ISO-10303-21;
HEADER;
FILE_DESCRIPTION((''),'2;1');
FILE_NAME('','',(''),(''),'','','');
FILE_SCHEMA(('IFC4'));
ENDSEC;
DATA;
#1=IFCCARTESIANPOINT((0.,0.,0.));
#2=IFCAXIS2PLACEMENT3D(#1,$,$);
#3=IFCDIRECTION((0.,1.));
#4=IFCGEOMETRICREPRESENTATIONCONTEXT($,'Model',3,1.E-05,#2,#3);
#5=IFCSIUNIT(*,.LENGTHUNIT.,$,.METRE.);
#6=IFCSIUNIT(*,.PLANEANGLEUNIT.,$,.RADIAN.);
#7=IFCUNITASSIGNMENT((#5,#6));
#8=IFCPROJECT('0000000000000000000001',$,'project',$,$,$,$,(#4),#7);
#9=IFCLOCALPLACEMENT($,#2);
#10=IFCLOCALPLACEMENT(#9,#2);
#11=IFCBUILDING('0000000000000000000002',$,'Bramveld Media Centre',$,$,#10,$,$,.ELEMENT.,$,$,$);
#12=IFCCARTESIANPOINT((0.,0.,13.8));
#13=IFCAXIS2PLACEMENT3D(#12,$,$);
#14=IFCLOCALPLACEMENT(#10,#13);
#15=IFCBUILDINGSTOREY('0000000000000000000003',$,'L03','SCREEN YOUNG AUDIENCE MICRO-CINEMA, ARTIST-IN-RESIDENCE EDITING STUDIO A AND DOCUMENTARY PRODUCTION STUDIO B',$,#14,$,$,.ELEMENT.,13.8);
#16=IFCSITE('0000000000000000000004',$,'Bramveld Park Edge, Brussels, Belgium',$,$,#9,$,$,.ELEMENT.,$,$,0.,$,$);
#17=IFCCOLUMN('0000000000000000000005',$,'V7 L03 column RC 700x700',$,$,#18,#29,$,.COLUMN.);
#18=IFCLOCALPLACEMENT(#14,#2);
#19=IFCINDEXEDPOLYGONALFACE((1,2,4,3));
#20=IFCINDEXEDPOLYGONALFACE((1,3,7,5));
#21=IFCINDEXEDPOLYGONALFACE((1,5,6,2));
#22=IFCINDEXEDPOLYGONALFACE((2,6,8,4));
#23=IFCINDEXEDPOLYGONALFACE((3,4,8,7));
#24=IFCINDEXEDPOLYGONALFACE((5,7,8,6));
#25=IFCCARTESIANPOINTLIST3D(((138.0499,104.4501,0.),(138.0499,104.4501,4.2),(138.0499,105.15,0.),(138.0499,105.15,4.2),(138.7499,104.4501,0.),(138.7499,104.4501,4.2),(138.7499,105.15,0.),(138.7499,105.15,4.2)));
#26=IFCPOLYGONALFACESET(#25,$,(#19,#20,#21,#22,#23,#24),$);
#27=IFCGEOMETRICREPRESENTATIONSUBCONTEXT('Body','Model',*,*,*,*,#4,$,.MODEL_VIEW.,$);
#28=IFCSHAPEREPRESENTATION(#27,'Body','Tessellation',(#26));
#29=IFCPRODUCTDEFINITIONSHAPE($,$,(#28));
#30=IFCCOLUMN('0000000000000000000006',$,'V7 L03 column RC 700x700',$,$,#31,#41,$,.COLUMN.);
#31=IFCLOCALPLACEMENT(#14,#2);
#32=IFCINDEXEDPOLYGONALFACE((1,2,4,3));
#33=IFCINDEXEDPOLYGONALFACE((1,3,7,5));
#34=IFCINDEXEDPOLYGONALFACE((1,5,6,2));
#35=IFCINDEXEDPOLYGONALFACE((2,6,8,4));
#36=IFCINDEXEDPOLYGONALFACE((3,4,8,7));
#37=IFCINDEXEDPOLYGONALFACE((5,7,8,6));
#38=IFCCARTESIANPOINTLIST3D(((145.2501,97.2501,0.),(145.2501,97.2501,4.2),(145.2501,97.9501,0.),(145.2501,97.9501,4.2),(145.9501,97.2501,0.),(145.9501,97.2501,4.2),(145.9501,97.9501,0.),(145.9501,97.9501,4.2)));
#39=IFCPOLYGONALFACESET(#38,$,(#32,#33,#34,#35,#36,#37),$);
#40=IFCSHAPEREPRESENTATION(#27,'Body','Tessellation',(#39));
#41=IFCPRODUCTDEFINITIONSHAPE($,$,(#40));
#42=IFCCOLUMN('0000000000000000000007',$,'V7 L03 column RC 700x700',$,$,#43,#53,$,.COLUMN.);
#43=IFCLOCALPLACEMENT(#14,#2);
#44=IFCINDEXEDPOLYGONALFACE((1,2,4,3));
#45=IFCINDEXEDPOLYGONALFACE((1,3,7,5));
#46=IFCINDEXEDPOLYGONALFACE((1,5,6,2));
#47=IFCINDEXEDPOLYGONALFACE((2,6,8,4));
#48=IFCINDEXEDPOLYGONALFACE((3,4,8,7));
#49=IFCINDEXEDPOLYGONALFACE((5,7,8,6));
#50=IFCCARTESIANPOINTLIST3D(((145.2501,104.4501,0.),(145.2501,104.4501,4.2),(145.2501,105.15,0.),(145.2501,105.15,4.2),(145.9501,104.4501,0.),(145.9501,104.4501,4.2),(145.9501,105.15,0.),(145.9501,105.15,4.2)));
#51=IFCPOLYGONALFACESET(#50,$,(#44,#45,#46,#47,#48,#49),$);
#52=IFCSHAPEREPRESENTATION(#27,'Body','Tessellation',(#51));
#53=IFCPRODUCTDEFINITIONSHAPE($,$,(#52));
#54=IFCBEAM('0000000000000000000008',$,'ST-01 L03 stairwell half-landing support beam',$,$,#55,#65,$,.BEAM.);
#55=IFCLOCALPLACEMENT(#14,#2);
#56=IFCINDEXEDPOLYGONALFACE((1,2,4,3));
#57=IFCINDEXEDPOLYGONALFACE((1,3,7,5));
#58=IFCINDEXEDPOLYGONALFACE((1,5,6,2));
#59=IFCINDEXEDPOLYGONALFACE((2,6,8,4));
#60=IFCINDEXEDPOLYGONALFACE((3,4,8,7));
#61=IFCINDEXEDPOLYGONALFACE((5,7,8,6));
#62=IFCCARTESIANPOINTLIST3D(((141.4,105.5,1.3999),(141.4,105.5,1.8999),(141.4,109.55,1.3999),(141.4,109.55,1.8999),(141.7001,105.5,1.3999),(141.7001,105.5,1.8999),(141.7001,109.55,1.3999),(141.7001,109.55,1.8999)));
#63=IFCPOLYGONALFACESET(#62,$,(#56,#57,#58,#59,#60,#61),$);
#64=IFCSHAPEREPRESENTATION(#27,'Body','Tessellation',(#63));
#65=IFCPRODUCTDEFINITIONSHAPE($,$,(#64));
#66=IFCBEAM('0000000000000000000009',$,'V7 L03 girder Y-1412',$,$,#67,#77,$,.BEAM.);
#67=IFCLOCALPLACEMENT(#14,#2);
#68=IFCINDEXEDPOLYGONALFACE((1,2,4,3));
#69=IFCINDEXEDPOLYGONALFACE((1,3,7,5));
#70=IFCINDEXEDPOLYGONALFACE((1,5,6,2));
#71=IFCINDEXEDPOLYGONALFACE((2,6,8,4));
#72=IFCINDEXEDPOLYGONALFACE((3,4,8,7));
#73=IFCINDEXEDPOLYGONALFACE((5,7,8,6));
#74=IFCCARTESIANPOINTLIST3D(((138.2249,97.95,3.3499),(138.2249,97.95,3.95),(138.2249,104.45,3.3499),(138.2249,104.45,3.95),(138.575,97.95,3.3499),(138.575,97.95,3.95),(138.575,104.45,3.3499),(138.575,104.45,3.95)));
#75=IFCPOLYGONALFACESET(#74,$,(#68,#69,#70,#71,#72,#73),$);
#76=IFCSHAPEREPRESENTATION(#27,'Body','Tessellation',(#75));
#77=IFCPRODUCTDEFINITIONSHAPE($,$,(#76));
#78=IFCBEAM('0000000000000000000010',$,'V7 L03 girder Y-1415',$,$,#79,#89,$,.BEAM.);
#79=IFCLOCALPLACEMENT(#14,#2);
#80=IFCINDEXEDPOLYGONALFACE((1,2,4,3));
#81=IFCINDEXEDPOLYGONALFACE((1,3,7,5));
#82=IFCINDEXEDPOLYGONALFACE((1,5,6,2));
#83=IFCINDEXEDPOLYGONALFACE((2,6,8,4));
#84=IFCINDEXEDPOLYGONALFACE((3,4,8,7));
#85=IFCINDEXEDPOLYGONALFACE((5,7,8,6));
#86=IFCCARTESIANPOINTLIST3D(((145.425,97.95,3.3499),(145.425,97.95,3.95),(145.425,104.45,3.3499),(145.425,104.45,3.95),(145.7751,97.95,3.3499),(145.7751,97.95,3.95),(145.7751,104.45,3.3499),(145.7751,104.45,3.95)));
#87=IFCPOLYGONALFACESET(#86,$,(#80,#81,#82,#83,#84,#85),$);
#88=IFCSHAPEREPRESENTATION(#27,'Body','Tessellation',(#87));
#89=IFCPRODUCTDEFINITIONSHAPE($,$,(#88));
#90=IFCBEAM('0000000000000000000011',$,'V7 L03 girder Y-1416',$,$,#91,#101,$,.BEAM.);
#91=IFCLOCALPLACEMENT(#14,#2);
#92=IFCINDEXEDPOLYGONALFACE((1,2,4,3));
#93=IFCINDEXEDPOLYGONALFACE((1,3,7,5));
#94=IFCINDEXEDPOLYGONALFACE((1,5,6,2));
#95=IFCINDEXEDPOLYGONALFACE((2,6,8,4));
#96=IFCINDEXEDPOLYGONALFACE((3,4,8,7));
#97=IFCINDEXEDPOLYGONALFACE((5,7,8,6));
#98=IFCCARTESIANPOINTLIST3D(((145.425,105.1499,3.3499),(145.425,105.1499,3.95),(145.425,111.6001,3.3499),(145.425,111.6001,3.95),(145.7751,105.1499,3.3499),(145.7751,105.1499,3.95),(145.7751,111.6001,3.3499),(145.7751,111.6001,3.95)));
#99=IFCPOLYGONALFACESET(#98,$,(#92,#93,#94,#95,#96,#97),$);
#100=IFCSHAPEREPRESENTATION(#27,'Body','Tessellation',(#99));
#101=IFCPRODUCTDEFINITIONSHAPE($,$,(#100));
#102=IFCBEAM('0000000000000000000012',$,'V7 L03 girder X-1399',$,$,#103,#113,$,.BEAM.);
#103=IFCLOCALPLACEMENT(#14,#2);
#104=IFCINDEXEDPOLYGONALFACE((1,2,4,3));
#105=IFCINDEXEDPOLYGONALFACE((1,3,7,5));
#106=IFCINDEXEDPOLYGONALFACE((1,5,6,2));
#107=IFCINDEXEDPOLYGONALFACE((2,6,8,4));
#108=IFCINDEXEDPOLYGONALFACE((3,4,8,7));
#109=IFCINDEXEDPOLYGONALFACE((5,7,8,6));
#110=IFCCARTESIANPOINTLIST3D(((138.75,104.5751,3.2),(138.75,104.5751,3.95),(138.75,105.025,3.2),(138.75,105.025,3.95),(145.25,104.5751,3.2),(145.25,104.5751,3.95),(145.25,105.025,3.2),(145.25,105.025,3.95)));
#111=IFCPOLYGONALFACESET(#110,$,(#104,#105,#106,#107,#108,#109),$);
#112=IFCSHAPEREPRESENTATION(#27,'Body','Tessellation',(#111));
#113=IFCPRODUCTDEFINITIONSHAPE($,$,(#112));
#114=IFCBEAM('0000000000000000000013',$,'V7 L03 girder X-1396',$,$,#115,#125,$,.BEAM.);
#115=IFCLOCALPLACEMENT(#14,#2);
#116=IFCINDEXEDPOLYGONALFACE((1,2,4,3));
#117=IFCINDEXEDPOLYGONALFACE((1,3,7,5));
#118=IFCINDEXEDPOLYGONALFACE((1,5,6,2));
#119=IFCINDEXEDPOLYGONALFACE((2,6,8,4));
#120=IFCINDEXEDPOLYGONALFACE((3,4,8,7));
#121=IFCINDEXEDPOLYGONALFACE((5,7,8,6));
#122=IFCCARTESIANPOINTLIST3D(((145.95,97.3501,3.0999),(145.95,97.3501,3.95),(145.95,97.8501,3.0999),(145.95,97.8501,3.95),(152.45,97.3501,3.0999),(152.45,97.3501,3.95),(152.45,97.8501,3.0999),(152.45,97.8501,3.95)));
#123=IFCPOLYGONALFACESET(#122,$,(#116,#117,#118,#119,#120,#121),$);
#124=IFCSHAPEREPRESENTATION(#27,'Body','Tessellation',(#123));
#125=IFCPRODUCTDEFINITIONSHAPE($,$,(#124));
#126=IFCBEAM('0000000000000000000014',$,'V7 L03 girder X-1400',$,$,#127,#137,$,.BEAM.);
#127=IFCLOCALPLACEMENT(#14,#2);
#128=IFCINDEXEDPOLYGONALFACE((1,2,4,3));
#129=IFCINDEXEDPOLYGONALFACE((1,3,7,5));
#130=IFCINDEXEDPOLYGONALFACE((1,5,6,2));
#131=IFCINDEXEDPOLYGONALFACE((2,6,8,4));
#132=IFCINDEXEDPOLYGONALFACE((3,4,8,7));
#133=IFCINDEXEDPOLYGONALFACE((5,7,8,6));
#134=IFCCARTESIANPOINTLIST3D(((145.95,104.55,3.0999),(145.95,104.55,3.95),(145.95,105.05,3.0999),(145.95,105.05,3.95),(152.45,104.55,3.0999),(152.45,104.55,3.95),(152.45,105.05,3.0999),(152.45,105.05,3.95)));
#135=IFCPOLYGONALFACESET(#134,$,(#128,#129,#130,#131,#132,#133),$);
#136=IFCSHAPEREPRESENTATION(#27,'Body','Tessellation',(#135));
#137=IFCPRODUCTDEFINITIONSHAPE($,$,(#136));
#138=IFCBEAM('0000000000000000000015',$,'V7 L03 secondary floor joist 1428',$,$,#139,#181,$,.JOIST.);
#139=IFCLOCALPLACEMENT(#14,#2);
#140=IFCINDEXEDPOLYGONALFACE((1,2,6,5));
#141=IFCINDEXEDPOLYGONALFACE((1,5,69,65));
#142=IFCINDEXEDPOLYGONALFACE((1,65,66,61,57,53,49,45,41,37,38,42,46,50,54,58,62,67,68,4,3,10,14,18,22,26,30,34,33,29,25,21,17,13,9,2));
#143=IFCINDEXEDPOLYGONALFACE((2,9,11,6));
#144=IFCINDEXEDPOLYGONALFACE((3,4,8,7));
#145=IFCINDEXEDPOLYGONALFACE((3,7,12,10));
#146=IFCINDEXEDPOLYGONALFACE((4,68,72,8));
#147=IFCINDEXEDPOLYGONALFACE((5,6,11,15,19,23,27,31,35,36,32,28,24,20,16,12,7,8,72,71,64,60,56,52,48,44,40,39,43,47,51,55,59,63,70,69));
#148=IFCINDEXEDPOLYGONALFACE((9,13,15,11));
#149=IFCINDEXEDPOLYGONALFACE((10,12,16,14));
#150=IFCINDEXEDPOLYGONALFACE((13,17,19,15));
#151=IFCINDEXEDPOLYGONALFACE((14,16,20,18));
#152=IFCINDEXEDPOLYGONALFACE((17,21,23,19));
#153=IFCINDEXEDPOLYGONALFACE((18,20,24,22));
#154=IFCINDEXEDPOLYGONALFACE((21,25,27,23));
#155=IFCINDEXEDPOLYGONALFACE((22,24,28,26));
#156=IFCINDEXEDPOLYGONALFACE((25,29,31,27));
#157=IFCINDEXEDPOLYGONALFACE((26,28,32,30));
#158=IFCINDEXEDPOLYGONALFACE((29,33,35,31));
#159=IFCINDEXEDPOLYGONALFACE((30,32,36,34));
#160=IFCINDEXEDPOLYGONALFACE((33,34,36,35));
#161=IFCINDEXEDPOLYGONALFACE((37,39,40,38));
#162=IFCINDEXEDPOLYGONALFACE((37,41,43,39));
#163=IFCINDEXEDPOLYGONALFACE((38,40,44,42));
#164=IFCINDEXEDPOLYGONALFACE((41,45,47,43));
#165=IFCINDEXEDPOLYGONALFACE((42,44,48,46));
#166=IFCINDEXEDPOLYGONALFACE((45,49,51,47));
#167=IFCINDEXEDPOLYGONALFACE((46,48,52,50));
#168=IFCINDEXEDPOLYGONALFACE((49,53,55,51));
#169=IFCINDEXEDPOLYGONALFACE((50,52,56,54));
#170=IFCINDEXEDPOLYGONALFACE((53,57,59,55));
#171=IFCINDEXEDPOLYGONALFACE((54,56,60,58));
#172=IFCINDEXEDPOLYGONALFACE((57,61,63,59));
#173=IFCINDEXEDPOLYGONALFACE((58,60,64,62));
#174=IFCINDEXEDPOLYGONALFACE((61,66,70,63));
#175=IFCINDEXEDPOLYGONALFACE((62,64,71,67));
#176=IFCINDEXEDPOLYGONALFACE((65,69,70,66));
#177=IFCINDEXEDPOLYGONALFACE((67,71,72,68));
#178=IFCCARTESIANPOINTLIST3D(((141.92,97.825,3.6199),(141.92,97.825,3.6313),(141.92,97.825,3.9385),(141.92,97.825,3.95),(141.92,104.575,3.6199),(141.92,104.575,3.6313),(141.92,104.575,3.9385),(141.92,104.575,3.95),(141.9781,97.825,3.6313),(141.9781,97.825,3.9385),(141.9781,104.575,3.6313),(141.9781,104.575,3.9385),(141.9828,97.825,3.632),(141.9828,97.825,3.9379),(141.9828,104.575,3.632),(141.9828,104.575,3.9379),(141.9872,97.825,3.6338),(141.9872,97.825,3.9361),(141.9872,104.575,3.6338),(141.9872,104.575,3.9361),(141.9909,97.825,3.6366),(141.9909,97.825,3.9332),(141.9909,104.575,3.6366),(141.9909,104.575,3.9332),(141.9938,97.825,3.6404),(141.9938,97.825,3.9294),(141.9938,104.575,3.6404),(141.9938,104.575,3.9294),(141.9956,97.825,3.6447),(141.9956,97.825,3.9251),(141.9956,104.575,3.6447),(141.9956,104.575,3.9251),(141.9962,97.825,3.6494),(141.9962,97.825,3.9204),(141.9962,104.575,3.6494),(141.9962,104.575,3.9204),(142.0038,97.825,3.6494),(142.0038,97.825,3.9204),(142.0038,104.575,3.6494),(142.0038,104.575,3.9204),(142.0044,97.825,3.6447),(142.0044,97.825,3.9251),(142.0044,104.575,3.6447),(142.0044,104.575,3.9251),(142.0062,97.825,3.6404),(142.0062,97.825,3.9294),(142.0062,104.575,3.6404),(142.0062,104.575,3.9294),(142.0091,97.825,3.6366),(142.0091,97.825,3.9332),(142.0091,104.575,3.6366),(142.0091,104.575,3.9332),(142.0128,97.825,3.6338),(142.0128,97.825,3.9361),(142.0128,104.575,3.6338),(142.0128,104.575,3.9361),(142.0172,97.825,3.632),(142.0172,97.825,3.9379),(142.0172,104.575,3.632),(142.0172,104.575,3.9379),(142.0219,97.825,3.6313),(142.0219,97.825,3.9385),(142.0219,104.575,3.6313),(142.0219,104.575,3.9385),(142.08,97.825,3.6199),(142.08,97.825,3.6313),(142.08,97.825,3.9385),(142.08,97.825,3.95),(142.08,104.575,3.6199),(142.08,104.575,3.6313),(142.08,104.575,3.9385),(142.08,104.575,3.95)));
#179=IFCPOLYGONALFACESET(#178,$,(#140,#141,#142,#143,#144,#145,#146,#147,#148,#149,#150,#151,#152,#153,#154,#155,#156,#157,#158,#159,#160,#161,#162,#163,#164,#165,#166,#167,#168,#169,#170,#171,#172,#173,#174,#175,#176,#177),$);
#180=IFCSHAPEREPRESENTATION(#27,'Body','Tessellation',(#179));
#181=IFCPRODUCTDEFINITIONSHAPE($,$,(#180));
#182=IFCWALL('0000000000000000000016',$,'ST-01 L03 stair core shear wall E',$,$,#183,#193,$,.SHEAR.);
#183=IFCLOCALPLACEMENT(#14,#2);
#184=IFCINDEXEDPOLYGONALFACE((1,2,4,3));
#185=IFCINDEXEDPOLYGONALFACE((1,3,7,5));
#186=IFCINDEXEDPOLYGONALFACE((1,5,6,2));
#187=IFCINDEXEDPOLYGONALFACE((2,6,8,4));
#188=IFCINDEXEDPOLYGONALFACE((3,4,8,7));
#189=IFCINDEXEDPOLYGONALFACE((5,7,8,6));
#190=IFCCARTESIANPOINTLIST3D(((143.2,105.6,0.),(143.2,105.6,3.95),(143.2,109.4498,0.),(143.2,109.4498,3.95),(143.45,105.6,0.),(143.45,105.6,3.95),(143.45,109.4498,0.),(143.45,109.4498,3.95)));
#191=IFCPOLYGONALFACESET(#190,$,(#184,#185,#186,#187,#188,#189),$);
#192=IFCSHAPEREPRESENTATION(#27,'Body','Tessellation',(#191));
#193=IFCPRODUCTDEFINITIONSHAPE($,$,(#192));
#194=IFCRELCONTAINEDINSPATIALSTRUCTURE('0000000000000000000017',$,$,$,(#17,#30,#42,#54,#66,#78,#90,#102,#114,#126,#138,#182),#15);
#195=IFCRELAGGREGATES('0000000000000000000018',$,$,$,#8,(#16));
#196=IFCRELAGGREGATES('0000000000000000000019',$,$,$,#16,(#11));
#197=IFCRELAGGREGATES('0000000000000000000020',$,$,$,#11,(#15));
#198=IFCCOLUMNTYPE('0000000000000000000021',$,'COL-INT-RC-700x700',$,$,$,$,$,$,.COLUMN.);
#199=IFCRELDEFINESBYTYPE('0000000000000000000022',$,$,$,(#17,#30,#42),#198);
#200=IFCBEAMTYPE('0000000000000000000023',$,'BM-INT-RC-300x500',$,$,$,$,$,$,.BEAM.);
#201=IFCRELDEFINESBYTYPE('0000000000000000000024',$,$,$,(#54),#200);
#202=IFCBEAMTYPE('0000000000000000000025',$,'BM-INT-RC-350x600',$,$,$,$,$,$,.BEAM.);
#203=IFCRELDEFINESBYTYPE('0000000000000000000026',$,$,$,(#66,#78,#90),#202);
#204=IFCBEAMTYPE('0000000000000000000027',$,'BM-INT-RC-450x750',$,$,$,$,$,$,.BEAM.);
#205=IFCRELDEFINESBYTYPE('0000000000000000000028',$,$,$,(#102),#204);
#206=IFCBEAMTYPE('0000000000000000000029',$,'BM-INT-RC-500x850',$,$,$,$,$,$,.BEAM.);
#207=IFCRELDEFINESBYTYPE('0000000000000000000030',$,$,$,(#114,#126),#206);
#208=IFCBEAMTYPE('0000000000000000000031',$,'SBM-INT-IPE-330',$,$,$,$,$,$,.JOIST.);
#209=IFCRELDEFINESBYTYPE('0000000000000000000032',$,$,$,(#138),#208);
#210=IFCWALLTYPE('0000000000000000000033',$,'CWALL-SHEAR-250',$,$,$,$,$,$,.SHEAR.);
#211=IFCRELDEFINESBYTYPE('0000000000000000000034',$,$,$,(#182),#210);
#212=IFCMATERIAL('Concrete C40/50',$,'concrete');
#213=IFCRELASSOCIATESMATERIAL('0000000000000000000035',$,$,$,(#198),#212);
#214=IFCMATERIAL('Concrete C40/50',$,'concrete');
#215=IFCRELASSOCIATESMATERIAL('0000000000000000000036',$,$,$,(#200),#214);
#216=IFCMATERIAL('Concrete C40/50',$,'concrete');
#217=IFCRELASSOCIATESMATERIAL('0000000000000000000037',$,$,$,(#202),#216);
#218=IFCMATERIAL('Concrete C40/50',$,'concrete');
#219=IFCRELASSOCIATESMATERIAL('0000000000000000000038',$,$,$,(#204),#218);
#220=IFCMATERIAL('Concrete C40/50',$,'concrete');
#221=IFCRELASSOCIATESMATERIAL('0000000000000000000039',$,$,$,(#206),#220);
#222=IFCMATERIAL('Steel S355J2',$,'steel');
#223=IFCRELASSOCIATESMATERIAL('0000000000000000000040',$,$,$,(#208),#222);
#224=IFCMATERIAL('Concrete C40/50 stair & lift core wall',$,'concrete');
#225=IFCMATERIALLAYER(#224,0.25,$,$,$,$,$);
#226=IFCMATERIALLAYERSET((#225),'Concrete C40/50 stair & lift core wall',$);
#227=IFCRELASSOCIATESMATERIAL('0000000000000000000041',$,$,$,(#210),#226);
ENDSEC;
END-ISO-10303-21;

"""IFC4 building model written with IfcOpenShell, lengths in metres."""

from ifc_helpers import new_model, si_unit, direction, frame, frame_2d, origin, origin_2d, place, context, subcontext, project, spatial, rectangle, i_section, extrude, material, layer, layer_set, material_profile, profile_set, type_object, element, save


model = new_model("IFC4")

# Units and contexts
model_context = context("Model", 3, precision=1e-05, world=origin(), true_north=direction((0.0, 1.0)))
body_context = subcontext(model_context, "Body", "Model", "MODEL_VIEW")
ifc_project = project(units=[si_unit("LENGTHUNIT", "METRE"), si_unit("PLANEANGLEUNIT", "RADIAN")], contexts=[model_context])

# Site, building, storey
site_placement = place(None, origin())
site = spatial("IfcSite", under=ifc_project, at=site_placement, Name="Bramveld Park Edge, Brussels, Belgium", CompositionType="ELEMENT", RefElevation=0.0)
building_placement = place(site_placement, origin())
building = spatial("IfcBuilding", under=site, at=building_placement, Name="Bramveld Media Centre", CompositionType="ELEMENT")
storey_placement = place(building_placement, frame((0.0, 0.0, 13.8)))
storey = spatial("IfcBuildingStorey", under=building, at=storey_placement, Name="L03", Description="SCREEN YOUNG AUDIENCE MICRO-CINEMA, ARTIST-IN-RESIDENCE EDITING STUDIO A AND DOCUMENTARY PRODUCTION STUDIO B", CompositionType="ELEMENT", Elevation=13.8)

# Columns
ifc_material_1 = material(Name="Concrete C40/50", Category="concrete")
ifc_material_profile_1 = material_profile(ifc_material_1, rectangle(XDim=0.7, YDim=0.7, at=origin_2d()), Name="RC 700x700")
ifc_profile_set_1 = profile_set([ifc_material_profile_1], Name="Concrete C40/50")
column_type = type_object("IfcColumnType", Name="COL-INT-RC-700x700", PredefinedType="COLUMN", material=ifc_profile_set_1)
for number, where, z_axis, x_axis, name in (
    (1, (138.3999, 104.8, 0.0), (0.0, 0.0, 1.0), (1.0, 0.0, 0.0), "V7 L03 column RC 700x700"),
    (2, (145.6001, 97.6001, 0.0), (0.0, 0.0, 1.0), (1.0, 0.0, 0.0), "V7 L03 column RC 700x700"),
    (3, (145.6001, 104.8, 0.0), (0.0, 0.0, 1.0), (1.0, 0.0, 0.0), "V7 L03 column RC 700x700"),
):
    element("IfcColumn", number, at=place(storey_placement, frame(where, z_axis=z_axis, x_axis=x_axis)), inside=storey, type_object=column_type, Name=name, PredefinedType="COLUMN", context=body_context, shape_type="SweptSolid", body=[
        extrude(rectangle(XDim=0.7, YDim=0.7, at=origin_2d()), origin(), (0.0, 0.0, 1.0), 4.2),
    ])

# Beams
ifc_material_2 = material(Name="Concrete C40/50", Category="concrete")
ifc_material_profile_2 = material_profile(ifc_material_2, rectangle(XDim=0.3, YDim=0.5, at=origin_2d()), Name="RC 300x500")
ifc_profile_set_2 = profile_set([ifc_material_profile_2], Name="Concrete C40/50")
beam_type_1 = type_object("IfcBeamType", Name="BM-INT-RC-300x500", PredefinedType="BEAM", material=ifc_profile_set_2)
beam_1_placement = place(storey_placement, frame((141.55, 105.5, 1.6499), z_axis=(0.0, 1.0, 0.0), x_axis=(-1.0, 0.0, 0.0)))
element("IfcBeam", 4, at=beam_1_placement, inside=storey, type_object=beam_type_1, Name="ST-01 L03 stairwell half-landing support beam", PredefinedType="BEAM", context=body_context, shape_type="SweptSolid", body=[
    extrude(rectangle(XDim=0.3, YDim=0.5, at=origin_2d()), origin(), (0.0, 0.0, 1.0), 4.05),
])
ifc_material_3 = material(Name="Concrete C40/50", Category="concrete")
ifc_material_profile_3 = material_profile(ifc_material_3, rectangle(XDim=0.3501, YDim=0.6001, at=origin_2d()), Name="RC 350x600")
ifc_profile_set_3 = profile_set([ifc_material_profile_3], Name="Concrete C40/50")
beam_type_2 = type_object("IfcBeamType", Name="BM-INT-RC-350x600", PredefinedType="BEAM", material=ifc_profile_set_3)
for number, where, z_axis, x_axis, name in (
    (5, (138.3999, 97.95, 3.6499), (0.0, 1.0, 0.0), (-1.0, 0.0, 0.0), "V7 L03 girder Y-1412"),
    (6, (145.6001, 97.95, 3.6499), (0.0, 1.0, 0.0), (-1.0, 0.0, 0.0), "V7 L03 girder Y-1415"),
):
    element("IfcBeam", number, at=place(storey_placement, frame(where, z_axis=z_axis, x_axis=x_axis)), inside=storey, type_object=beam_type_2, Name=name, PredefinedType="BEAM", context=body_context, shape_type="SweptSolid", body=[
        extrude(rectangle(XDim=0.3501, YDim=0.6001, at=origin_2d()), origin(), (0.0, 0.0, 1.0), 6.5),
    ])
beam_2_placement = place(storey_placement, frame((145.6001, 105.1499, 3.6499), z_axis=(0.0, 1.0, 0.0), x_axis=(-1.0, 0.0, 0.0)))
element("IfcBeam", 7, at=beam_2_placement, inside=storey, type_object=beam_type_2, Name="V7 L03 girder Y-1416", PredefinedType="BEAM", context=body_context, shape_type="SweptSolid", body=[
    extrude(rectangle(XDim=0.3501, YDim=0.6001, at=origin_2d()), origin(), (0.0, 0.0, 1.0), 6.4502),
])
ifc_material_4 = material(Name="Concrete C40/50", Category="concrete")
ifc_material_profile_4 = material_profile(ifc_material_4, rectangle(XDim=0.45, YDim=0.75, at=origin_2d()), Name="RC 450x750")
ifc_profile_set_4 = profile_set([ifc_material_profile_4], Name="Concrete C40/50")
beam_type_3 = type_object("IfcBeamType", Name="BM-INT-RC-450x750", PredefinedType="BEAM", material=ifc_profile_set_4)
beam_3_placement = place(storey_placement, frame((138.75, 104.8, 3.575), z_axis=(1.0, 0.0, 0.0), x_axis=(0.0, 1.0, 0.0)))
element("IfcBeam", 8, at=beam_3_placement, inside=storey, type_object=beam_type_3, Name="V7 L03 girder X-1399", PredefinedType="BEAM", context=body_context, shape_type="SweptSolid", body=[
    extrude(rectangle(XDim=0.45, YDim=0.75, at=origin_2d()), origin(), (0.0, 0.0, 1.0), 6.5),
])
ifc_material_5 = material(Name="Concrete C40/50", Category="concrete")
ifc_material_profile_5 = material_profile(ifc_material_5, rectangle(XDim=0.5, YDim=0.8501, at=origin_2d()), Name="RC 500x850")
ifc_profile_set_5 = profile_set([ifc_material_profile_5], Name="Concrete C40/50")
beam_type_4 = type_object("IfcBeamType", Name="BM-INT-RC-500x850", PredefinedType="BEAM", material=ifc_profile_set_5)
for number, where, z_axis, x_axis, name in (
    (9, (145.95, 97.6001, 3.5249), (1.0, 0.0, 0.0), (0.0, 1.0, 0.0), "V7 L03 girder X-1396"),
    (10, (145.95, 104.8, 3.5249), (1.0, 0.0, 0.0), (0.0, 1.0, 0.0), "V7 L03 girder X-1400"),
):
    element("IfcBeam", number, at=place(storey_placement, frame(where, z_axis=z_axis, x_axis=x_axis)), inside=storey, type_object=beam_type_4, Name=name, PredefinedType="BEAM", context=body_context, shape_type="SweptSolid", body=[
        extrude(rectangle(XDim=0.5, YDim=0.8501, at=origin_2d()), origin(), (0.0, 0.0, 1.0), 6.5),
    ])
ifc_material_6 = material(Name="Steel S355J2", Category="steel")
ifc_material_profile_6 = material_profile(ifc_material_6, i_section(OverallWidth=0.1599, OverallDepth=0.3301, WebThickness=0.0076, FlangeThickness=0.0115, FilletRadius=0.0181, at=origin_2d()), Name="IPE 330")
ifc_profile_set_6 = profile_set([ifc_material_profile_6], Name="Steel S355J2")
beam_type_5 = type_object("IfcBeamType", Name="SBM-INT-IPE-330", PredefinedType="JOIST", material=ifc_profile_set_6)
beam_4_placement = place(storey_placement, frame((142.0, 97.825, 3.7849), z_axis=(0.0, 1.0, 0.0), x_axis=(-1.0, 0.0, 0.0)))
element("IfcBeam", 11, at=beam_4_placement, inside=storey, type_object=beam_type_5, Name="V7 L03 secondary floor joist 1428", PredefinedType="JOIST", context=body_context, shape_type="SweptSolid", body=[
    extrude(i_section(OverallWidth=0.1599, OverallDepth=0.3301, WebThickness=0.0076, FlangeThickness=0.0115, FilletRadius=0.0181, at=origin_2d()), origin(), (0.0, 0.0, 1.0), 6.75),
])

# Wall
ifc_material_7 = material(Name="Concrete C40/50 stair & lift core wall", Category="concrete")
ifc_layer_1 = layer(ifc_material_7, 0.25)
ifc_layer_set_1 = layer_set([ifc_layer_1], Name="Concrete C40/50 stair & lift core wall")
wall_type_1 = type_object("IfcWallType", Name="CWALL-SHEAR-250", PredefinedType="SHEAR", material=ifc_layer_set_1)
wall_1_placement = place(storey_placement, frame((143.325, 105.6001, 0.0), z_axis=(0.0, 0.0, 1.0), x_axis=(0.0, 1.0, 0.0)))
element("IfcWall", 12, at=wall_1_placement, inside=storey, type_object=wall_type_1, Name="ST-01 L03 stair core shear wall E", PredefinedType="SHEAR", context=body_context, shape_type="SweptSolid", body=[
    extrude(rectangle(XDim=3.8499, YDim=0.25, at=frame_2d((1.9248, 0.0))), origin(), (0.0, 0.0, 1.0), 3.95),
])

save(model, "model.ifc")
